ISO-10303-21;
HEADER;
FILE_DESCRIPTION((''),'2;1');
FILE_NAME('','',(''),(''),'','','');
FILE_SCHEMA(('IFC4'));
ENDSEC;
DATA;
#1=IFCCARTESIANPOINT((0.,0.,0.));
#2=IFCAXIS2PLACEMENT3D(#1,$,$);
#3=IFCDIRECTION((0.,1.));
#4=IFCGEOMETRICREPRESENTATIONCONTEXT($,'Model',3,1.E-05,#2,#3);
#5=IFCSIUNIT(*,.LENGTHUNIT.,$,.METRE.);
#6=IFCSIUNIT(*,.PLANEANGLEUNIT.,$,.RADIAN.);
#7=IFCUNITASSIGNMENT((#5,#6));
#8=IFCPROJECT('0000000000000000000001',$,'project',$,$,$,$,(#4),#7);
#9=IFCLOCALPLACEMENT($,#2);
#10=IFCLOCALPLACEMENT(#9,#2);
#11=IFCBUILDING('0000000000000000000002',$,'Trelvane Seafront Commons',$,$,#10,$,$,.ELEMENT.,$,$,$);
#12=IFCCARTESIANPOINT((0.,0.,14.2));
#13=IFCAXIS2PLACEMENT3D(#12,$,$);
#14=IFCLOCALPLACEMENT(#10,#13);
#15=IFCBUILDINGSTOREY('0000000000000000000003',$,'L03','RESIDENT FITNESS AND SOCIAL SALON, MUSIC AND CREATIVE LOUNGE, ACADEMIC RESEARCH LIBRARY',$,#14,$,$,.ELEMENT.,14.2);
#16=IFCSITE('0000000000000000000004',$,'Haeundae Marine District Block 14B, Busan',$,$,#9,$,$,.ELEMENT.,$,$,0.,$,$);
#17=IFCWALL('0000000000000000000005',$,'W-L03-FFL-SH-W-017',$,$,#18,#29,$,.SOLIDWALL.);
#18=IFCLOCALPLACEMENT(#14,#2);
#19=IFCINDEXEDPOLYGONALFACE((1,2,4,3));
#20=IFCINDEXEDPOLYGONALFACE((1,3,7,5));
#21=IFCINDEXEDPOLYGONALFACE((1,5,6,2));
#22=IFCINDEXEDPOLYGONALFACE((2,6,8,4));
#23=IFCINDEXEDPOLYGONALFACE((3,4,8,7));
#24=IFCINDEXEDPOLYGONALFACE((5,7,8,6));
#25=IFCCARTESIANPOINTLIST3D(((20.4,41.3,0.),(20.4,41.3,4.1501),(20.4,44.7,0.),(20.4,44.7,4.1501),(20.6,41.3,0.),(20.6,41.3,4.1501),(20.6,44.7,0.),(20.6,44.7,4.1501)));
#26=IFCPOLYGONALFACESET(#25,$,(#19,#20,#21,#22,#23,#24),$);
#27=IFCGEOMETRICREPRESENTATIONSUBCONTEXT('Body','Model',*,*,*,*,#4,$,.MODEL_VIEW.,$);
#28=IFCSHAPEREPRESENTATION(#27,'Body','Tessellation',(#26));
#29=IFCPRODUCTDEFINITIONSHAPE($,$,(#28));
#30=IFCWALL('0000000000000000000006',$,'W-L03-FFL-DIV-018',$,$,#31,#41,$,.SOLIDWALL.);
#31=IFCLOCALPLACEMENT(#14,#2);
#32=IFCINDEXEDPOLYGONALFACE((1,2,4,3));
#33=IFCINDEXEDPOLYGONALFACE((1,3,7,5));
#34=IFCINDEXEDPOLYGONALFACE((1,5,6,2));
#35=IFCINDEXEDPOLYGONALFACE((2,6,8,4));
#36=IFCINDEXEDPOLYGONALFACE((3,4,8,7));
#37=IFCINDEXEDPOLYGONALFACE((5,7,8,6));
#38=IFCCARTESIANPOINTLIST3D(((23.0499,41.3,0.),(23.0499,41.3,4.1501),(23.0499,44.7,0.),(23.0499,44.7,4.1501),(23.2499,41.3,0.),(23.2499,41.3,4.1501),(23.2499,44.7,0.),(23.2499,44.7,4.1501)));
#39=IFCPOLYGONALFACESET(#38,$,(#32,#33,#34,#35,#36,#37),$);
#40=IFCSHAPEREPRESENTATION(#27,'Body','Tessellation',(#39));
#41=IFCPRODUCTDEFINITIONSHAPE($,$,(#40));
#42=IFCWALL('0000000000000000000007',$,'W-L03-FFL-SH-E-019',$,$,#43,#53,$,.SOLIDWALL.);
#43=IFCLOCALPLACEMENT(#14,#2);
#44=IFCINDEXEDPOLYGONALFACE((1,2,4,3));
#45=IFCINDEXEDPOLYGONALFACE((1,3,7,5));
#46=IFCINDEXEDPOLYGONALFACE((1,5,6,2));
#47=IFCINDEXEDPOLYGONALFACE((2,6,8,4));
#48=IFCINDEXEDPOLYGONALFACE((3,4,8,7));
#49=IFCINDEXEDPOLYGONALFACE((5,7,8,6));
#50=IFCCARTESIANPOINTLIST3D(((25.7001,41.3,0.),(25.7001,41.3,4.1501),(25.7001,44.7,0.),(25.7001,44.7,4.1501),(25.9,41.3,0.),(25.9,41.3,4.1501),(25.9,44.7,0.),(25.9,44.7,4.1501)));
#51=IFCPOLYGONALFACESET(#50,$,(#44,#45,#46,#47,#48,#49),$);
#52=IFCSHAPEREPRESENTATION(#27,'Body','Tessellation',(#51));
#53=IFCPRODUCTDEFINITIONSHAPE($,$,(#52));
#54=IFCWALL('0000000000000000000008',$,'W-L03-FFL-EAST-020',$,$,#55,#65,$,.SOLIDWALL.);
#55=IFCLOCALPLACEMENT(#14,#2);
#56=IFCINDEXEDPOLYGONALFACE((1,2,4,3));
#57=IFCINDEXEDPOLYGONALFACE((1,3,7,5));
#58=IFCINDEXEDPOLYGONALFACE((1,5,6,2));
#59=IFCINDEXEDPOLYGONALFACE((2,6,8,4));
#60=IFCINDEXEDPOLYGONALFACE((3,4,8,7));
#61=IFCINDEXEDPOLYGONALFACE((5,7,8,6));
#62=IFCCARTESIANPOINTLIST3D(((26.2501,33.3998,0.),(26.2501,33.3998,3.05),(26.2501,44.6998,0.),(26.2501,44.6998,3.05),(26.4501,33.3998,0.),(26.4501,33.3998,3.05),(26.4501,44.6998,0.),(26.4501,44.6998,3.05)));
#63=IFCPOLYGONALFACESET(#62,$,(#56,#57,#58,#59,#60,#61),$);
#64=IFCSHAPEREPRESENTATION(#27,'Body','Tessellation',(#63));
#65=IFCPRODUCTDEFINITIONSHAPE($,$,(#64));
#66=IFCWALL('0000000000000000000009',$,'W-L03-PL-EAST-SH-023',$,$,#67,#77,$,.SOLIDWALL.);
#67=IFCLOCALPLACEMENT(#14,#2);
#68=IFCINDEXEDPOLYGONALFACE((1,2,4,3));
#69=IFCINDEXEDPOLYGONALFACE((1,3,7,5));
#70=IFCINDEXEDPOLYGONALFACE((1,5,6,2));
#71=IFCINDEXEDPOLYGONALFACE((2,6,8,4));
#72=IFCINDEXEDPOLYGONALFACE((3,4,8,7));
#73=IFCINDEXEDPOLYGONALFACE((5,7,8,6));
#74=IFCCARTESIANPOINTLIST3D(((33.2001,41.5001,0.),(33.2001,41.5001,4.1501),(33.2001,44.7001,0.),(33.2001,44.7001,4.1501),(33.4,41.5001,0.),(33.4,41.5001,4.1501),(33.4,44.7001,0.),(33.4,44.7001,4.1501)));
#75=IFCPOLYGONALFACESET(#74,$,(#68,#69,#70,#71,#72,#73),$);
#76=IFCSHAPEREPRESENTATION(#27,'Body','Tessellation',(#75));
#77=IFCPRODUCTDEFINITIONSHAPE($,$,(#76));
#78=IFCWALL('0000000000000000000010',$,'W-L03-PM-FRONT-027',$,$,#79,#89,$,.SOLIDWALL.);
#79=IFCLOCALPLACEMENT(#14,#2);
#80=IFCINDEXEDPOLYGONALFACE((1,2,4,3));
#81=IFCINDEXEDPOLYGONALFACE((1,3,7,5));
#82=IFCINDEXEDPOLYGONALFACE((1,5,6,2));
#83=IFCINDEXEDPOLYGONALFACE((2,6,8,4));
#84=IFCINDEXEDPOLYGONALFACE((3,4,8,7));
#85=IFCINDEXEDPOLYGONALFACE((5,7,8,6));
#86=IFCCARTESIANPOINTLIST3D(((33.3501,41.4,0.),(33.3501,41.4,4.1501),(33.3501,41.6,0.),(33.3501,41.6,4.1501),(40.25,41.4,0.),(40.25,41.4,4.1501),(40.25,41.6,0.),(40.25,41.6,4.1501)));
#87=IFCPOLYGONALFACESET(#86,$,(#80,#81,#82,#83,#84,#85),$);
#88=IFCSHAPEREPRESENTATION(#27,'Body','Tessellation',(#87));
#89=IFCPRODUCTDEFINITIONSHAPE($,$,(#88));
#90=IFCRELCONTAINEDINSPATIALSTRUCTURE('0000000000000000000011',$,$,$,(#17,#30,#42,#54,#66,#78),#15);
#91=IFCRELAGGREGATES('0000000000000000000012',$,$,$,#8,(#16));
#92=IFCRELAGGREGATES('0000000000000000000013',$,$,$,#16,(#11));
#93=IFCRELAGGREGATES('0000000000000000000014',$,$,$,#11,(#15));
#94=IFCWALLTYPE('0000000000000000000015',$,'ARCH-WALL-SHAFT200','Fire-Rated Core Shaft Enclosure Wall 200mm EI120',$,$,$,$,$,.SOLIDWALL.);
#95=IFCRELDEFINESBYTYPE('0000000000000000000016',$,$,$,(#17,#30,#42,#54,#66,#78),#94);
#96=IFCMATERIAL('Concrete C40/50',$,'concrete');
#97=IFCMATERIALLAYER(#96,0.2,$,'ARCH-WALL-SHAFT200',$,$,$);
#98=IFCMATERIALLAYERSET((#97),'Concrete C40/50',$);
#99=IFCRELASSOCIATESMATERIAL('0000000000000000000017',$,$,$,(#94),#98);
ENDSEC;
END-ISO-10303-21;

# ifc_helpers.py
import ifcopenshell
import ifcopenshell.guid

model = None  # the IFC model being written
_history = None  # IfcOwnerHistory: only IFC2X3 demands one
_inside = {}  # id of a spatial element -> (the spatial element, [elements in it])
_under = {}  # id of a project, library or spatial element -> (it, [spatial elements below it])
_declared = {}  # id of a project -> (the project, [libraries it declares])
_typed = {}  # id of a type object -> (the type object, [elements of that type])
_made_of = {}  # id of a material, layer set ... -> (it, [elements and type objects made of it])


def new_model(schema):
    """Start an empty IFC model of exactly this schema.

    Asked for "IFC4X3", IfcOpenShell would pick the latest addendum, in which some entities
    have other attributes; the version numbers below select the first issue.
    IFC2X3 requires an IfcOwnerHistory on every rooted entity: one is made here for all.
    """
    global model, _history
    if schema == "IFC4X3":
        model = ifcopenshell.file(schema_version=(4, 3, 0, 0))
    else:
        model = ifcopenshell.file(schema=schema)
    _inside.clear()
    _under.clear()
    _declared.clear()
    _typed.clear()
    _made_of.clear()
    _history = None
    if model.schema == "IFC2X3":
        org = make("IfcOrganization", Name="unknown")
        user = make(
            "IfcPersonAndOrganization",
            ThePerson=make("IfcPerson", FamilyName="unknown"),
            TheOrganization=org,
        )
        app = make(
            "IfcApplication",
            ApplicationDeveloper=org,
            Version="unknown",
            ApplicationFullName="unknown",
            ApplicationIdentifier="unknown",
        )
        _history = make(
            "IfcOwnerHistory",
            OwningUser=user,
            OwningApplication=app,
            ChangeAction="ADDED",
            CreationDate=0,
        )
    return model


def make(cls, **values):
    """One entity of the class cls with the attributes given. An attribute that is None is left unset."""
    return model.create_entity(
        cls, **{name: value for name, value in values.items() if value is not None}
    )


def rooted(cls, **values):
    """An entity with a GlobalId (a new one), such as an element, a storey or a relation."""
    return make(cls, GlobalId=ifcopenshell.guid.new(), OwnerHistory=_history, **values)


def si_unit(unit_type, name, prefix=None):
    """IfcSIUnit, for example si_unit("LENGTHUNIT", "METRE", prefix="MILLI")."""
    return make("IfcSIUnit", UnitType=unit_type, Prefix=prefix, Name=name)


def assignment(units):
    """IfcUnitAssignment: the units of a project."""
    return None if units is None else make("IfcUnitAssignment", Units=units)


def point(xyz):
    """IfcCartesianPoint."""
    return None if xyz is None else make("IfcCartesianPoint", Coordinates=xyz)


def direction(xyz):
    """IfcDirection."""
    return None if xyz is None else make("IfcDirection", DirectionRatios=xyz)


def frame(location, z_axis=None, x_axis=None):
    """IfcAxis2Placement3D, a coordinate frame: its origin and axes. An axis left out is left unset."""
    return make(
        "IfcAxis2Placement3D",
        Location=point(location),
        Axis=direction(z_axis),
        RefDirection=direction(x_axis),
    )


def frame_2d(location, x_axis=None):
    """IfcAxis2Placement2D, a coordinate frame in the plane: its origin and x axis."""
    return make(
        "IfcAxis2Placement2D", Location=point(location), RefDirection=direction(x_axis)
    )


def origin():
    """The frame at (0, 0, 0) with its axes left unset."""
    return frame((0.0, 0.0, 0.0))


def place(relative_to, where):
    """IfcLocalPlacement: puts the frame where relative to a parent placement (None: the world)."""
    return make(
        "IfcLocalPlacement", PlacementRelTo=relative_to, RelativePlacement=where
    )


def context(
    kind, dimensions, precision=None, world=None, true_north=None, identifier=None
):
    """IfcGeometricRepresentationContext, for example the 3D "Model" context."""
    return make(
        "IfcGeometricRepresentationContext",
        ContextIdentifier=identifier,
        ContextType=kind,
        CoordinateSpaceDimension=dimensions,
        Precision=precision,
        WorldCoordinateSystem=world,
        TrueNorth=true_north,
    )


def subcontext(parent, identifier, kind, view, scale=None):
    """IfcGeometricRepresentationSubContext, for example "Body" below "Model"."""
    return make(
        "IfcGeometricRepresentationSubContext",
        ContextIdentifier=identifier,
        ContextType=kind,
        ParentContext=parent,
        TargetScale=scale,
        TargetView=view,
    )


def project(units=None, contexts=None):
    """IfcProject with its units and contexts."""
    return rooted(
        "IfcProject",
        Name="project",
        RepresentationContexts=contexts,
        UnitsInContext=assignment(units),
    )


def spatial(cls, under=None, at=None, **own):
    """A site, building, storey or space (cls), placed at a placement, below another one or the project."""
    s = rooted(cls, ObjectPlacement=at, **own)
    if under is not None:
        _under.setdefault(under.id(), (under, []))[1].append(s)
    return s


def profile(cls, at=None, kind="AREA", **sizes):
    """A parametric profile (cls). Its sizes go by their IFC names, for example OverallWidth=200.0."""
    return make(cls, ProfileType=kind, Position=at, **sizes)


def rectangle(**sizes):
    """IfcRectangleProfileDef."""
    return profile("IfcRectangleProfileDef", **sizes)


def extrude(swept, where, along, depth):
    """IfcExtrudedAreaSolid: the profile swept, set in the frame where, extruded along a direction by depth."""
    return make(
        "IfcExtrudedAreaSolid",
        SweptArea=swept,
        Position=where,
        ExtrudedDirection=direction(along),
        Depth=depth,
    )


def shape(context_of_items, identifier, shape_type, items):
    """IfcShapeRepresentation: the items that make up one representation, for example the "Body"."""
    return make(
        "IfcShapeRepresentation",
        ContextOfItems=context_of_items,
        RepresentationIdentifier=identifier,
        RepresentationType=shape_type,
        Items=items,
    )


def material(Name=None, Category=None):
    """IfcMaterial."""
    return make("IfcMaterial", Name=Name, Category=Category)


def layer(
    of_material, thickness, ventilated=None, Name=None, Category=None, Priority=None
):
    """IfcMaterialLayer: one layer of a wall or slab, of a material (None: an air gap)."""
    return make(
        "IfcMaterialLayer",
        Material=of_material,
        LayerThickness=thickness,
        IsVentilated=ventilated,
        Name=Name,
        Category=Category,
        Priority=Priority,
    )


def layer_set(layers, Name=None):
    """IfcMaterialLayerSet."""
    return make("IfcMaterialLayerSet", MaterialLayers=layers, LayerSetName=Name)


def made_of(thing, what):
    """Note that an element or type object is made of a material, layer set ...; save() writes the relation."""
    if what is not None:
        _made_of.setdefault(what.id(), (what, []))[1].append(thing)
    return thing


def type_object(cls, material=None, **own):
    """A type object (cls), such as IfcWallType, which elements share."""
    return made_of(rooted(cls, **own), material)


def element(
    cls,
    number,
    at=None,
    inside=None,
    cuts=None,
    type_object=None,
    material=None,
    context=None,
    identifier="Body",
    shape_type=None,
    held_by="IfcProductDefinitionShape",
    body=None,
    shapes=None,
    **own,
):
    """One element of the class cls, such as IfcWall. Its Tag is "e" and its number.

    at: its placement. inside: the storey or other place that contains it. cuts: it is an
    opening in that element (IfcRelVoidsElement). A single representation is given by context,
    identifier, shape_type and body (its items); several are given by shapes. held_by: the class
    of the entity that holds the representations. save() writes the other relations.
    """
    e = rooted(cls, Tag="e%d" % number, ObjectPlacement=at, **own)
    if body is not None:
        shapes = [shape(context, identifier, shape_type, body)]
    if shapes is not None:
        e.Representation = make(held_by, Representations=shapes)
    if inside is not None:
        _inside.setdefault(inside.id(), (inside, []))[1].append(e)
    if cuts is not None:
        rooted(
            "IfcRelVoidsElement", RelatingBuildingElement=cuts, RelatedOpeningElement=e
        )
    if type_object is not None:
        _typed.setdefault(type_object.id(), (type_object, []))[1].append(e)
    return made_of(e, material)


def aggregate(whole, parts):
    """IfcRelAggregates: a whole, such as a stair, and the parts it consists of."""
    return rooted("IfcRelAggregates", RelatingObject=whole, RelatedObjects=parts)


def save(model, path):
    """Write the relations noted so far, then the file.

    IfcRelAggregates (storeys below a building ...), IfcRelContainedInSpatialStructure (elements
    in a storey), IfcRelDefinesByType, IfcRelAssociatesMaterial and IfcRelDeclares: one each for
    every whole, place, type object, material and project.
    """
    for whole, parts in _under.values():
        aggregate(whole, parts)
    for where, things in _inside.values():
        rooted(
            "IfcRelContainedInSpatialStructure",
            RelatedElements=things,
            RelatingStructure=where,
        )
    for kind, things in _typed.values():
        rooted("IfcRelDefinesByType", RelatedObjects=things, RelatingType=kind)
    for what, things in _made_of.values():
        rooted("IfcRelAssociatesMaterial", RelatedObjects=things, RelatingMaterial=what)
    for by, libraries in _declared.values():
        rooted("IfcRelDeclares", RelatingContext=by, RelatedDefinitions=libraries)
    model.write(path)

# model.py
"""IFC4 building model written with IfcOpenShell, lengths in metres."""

from ifc_helpers import new_model, si_unit, direction, frame, frame_2d, origin, place, context, subcontext, project, spatial, rectangle, extrude, material, layer, layer_set, type_object, element, save


model = new_model("IFC4")

# Units and contexts
model_context = context("Model", 3, precision=1e-05, world=origin(), true_north=direction((0.0, 1.0)))
body_context = subcontext(model_context, "Body", "Model", "MODEL_VIEW")
ifc_project = project(units=[si_unit("LENGTHUNIT", "METRE"), si_unit("PLANEANGLEUNIT", "RADIAN")], contexts=[model_context])

# Site, building, storey
site_placement = place(None, origin())
site = spatial("IfcSite", under=ifc_project, at=site_placement, Name="Haeundae Marine District Block 14B, Busan", CompositionType="ELEMENT", RefElevation=0.0)
building_placement = place(site_placement, origin())
building = spatial("IfcBuilding", under=site, at=building_placement, Name="Trelvane Seafront Commons", CompositionType="ELEMENT")
storey_placement = place(building_placement, frame((0.0, 0.0, 14.2)))
storey = spatial("IfcBuildingStorey", under=building, at=storey_placement, Name="L03", Description="RESIDENT FITNESS AND SOCIAL SALON, MUSIC AND CREATIVE LOUNGE, ACADEMIC RESEARCH LIBRARY", CompositionType="ELEMENT", Elevation=14.2)

# Shared definitions
ifc_material_1 = material(Name="Concrete C40/50", Category="concrete")

# Shared definitions
ifc_layer_1 = layer(ifc_material_1, 0.2, Name="ARCH-WALL-SHAFT200")
ifc_layer_set_1 = layer_set([ifc_layer_1], Name="Concrete C40/50")
wall_type_1 = type_object("IfcWallType", Name="ARCH-WALL-SHAFT200", Description="Fire-Rated Core Shaft Enclosure Wall 200mm EI120", PredefinedType="SOLIDWALL", material=ifc_layer_set_1)

# Walls
for number, where, z_axis, x_axis, name in (
    (1, (20.5, 41.3, 0.0), (0.0, 0.0, 1.0), (0.0, 1.0, 0.0), "W-L03-FFL-SH-W-017"),
    (2, (23.1499, 41.3, 0.0), (0.0, 0.0, 1.0), (0.0, 1.0, 0.0), "W-L03-FFL-DIV-018"),
    (3, (25.8, 41.3, 0.0), (0.0, 0.0, 1.0), (0.0, 1.0, 0.0), "W-L03-FFL-SH-E-019"),
):
    element("IfcWall", number, at=place(storey_placement, frame(where, z_axis=z_axis, x_axis=x_axis)), inside=storey, type_object=wall_type_1, Name=name, PredefinedType="SOLIDWALL", context=body_context, shape_type="SweptSolid", body=[
        extrude(rectangle(XDim=3.3999, YDim=0.2, at=frame_2d((1.7, 0.0))), origin(), (0.0, 0.0, 1.0), 4.1501),
    ])
wall_1_placement = place(storey_placement, frame((26.3501, 33.3999, 0.0), z_axis=(0.0, 0.0, 1.0), x_axis=(0.0, 1.0, 0.0)))
element("IfcWall", 4, at=wall_1_placement, inside=storey, type_object=wall_type_1, Name="W-L03-FFL-EAST-020", PredefinedType="SOLIDWALL", context=body_context, shape_type="SweptSolid", body=[
    extrude(rectangle(XDim=11.3, YDim=0.2, at=frame_2d((5.6499, 0.0))), origin(), (0.0, 0.0, 1.0), 3.05),
])

# Walls
wall_2_placement = place(storey_placement, frame((33.3, 41.5, 0.0), z_axis=(0.0, 0.0, 1.0), x_axis=(0.0, 1.0, 0.0)))
element("IfcWall", 5, at=wall_2_placement, inside=storey, type_object=wall_type_1, Name="W-L03-PL-EAST-SH-023", PredefinedType="SOLIDWALL", context=body_context, shape_type="SweptSolid", body=[
    extrude(rectangle(XDim=3.2, YDim=0.2, at=frame_2d((1.6001, 0.0))), origin(), (0.0, 0.0, 1.0), 4.1501),
])
wall_3_placement = place(storey_placement, frame((33.3501, 41.5, 0.0), z_axis=(0.0, 0.0, 1.0), x_axis=(1.0, 0.0, 0.0)))
element("IfcWall", 6, at=wall_3_placement, inside=storey, type_object=wall_type_1, Name="W-L03-PM-FRONT-027", PredefinedType="SOLIDWALL", context=body_context, shape_type="SweptSolid", body=[
    extrude(rectangle(XDim=6.8999, YDim=0.2, at=frame_2d((3.45, 0.0))), origin(), (0.0, 0.0, 1.0), 4.1501),
])

save(model, "model.ifc")
